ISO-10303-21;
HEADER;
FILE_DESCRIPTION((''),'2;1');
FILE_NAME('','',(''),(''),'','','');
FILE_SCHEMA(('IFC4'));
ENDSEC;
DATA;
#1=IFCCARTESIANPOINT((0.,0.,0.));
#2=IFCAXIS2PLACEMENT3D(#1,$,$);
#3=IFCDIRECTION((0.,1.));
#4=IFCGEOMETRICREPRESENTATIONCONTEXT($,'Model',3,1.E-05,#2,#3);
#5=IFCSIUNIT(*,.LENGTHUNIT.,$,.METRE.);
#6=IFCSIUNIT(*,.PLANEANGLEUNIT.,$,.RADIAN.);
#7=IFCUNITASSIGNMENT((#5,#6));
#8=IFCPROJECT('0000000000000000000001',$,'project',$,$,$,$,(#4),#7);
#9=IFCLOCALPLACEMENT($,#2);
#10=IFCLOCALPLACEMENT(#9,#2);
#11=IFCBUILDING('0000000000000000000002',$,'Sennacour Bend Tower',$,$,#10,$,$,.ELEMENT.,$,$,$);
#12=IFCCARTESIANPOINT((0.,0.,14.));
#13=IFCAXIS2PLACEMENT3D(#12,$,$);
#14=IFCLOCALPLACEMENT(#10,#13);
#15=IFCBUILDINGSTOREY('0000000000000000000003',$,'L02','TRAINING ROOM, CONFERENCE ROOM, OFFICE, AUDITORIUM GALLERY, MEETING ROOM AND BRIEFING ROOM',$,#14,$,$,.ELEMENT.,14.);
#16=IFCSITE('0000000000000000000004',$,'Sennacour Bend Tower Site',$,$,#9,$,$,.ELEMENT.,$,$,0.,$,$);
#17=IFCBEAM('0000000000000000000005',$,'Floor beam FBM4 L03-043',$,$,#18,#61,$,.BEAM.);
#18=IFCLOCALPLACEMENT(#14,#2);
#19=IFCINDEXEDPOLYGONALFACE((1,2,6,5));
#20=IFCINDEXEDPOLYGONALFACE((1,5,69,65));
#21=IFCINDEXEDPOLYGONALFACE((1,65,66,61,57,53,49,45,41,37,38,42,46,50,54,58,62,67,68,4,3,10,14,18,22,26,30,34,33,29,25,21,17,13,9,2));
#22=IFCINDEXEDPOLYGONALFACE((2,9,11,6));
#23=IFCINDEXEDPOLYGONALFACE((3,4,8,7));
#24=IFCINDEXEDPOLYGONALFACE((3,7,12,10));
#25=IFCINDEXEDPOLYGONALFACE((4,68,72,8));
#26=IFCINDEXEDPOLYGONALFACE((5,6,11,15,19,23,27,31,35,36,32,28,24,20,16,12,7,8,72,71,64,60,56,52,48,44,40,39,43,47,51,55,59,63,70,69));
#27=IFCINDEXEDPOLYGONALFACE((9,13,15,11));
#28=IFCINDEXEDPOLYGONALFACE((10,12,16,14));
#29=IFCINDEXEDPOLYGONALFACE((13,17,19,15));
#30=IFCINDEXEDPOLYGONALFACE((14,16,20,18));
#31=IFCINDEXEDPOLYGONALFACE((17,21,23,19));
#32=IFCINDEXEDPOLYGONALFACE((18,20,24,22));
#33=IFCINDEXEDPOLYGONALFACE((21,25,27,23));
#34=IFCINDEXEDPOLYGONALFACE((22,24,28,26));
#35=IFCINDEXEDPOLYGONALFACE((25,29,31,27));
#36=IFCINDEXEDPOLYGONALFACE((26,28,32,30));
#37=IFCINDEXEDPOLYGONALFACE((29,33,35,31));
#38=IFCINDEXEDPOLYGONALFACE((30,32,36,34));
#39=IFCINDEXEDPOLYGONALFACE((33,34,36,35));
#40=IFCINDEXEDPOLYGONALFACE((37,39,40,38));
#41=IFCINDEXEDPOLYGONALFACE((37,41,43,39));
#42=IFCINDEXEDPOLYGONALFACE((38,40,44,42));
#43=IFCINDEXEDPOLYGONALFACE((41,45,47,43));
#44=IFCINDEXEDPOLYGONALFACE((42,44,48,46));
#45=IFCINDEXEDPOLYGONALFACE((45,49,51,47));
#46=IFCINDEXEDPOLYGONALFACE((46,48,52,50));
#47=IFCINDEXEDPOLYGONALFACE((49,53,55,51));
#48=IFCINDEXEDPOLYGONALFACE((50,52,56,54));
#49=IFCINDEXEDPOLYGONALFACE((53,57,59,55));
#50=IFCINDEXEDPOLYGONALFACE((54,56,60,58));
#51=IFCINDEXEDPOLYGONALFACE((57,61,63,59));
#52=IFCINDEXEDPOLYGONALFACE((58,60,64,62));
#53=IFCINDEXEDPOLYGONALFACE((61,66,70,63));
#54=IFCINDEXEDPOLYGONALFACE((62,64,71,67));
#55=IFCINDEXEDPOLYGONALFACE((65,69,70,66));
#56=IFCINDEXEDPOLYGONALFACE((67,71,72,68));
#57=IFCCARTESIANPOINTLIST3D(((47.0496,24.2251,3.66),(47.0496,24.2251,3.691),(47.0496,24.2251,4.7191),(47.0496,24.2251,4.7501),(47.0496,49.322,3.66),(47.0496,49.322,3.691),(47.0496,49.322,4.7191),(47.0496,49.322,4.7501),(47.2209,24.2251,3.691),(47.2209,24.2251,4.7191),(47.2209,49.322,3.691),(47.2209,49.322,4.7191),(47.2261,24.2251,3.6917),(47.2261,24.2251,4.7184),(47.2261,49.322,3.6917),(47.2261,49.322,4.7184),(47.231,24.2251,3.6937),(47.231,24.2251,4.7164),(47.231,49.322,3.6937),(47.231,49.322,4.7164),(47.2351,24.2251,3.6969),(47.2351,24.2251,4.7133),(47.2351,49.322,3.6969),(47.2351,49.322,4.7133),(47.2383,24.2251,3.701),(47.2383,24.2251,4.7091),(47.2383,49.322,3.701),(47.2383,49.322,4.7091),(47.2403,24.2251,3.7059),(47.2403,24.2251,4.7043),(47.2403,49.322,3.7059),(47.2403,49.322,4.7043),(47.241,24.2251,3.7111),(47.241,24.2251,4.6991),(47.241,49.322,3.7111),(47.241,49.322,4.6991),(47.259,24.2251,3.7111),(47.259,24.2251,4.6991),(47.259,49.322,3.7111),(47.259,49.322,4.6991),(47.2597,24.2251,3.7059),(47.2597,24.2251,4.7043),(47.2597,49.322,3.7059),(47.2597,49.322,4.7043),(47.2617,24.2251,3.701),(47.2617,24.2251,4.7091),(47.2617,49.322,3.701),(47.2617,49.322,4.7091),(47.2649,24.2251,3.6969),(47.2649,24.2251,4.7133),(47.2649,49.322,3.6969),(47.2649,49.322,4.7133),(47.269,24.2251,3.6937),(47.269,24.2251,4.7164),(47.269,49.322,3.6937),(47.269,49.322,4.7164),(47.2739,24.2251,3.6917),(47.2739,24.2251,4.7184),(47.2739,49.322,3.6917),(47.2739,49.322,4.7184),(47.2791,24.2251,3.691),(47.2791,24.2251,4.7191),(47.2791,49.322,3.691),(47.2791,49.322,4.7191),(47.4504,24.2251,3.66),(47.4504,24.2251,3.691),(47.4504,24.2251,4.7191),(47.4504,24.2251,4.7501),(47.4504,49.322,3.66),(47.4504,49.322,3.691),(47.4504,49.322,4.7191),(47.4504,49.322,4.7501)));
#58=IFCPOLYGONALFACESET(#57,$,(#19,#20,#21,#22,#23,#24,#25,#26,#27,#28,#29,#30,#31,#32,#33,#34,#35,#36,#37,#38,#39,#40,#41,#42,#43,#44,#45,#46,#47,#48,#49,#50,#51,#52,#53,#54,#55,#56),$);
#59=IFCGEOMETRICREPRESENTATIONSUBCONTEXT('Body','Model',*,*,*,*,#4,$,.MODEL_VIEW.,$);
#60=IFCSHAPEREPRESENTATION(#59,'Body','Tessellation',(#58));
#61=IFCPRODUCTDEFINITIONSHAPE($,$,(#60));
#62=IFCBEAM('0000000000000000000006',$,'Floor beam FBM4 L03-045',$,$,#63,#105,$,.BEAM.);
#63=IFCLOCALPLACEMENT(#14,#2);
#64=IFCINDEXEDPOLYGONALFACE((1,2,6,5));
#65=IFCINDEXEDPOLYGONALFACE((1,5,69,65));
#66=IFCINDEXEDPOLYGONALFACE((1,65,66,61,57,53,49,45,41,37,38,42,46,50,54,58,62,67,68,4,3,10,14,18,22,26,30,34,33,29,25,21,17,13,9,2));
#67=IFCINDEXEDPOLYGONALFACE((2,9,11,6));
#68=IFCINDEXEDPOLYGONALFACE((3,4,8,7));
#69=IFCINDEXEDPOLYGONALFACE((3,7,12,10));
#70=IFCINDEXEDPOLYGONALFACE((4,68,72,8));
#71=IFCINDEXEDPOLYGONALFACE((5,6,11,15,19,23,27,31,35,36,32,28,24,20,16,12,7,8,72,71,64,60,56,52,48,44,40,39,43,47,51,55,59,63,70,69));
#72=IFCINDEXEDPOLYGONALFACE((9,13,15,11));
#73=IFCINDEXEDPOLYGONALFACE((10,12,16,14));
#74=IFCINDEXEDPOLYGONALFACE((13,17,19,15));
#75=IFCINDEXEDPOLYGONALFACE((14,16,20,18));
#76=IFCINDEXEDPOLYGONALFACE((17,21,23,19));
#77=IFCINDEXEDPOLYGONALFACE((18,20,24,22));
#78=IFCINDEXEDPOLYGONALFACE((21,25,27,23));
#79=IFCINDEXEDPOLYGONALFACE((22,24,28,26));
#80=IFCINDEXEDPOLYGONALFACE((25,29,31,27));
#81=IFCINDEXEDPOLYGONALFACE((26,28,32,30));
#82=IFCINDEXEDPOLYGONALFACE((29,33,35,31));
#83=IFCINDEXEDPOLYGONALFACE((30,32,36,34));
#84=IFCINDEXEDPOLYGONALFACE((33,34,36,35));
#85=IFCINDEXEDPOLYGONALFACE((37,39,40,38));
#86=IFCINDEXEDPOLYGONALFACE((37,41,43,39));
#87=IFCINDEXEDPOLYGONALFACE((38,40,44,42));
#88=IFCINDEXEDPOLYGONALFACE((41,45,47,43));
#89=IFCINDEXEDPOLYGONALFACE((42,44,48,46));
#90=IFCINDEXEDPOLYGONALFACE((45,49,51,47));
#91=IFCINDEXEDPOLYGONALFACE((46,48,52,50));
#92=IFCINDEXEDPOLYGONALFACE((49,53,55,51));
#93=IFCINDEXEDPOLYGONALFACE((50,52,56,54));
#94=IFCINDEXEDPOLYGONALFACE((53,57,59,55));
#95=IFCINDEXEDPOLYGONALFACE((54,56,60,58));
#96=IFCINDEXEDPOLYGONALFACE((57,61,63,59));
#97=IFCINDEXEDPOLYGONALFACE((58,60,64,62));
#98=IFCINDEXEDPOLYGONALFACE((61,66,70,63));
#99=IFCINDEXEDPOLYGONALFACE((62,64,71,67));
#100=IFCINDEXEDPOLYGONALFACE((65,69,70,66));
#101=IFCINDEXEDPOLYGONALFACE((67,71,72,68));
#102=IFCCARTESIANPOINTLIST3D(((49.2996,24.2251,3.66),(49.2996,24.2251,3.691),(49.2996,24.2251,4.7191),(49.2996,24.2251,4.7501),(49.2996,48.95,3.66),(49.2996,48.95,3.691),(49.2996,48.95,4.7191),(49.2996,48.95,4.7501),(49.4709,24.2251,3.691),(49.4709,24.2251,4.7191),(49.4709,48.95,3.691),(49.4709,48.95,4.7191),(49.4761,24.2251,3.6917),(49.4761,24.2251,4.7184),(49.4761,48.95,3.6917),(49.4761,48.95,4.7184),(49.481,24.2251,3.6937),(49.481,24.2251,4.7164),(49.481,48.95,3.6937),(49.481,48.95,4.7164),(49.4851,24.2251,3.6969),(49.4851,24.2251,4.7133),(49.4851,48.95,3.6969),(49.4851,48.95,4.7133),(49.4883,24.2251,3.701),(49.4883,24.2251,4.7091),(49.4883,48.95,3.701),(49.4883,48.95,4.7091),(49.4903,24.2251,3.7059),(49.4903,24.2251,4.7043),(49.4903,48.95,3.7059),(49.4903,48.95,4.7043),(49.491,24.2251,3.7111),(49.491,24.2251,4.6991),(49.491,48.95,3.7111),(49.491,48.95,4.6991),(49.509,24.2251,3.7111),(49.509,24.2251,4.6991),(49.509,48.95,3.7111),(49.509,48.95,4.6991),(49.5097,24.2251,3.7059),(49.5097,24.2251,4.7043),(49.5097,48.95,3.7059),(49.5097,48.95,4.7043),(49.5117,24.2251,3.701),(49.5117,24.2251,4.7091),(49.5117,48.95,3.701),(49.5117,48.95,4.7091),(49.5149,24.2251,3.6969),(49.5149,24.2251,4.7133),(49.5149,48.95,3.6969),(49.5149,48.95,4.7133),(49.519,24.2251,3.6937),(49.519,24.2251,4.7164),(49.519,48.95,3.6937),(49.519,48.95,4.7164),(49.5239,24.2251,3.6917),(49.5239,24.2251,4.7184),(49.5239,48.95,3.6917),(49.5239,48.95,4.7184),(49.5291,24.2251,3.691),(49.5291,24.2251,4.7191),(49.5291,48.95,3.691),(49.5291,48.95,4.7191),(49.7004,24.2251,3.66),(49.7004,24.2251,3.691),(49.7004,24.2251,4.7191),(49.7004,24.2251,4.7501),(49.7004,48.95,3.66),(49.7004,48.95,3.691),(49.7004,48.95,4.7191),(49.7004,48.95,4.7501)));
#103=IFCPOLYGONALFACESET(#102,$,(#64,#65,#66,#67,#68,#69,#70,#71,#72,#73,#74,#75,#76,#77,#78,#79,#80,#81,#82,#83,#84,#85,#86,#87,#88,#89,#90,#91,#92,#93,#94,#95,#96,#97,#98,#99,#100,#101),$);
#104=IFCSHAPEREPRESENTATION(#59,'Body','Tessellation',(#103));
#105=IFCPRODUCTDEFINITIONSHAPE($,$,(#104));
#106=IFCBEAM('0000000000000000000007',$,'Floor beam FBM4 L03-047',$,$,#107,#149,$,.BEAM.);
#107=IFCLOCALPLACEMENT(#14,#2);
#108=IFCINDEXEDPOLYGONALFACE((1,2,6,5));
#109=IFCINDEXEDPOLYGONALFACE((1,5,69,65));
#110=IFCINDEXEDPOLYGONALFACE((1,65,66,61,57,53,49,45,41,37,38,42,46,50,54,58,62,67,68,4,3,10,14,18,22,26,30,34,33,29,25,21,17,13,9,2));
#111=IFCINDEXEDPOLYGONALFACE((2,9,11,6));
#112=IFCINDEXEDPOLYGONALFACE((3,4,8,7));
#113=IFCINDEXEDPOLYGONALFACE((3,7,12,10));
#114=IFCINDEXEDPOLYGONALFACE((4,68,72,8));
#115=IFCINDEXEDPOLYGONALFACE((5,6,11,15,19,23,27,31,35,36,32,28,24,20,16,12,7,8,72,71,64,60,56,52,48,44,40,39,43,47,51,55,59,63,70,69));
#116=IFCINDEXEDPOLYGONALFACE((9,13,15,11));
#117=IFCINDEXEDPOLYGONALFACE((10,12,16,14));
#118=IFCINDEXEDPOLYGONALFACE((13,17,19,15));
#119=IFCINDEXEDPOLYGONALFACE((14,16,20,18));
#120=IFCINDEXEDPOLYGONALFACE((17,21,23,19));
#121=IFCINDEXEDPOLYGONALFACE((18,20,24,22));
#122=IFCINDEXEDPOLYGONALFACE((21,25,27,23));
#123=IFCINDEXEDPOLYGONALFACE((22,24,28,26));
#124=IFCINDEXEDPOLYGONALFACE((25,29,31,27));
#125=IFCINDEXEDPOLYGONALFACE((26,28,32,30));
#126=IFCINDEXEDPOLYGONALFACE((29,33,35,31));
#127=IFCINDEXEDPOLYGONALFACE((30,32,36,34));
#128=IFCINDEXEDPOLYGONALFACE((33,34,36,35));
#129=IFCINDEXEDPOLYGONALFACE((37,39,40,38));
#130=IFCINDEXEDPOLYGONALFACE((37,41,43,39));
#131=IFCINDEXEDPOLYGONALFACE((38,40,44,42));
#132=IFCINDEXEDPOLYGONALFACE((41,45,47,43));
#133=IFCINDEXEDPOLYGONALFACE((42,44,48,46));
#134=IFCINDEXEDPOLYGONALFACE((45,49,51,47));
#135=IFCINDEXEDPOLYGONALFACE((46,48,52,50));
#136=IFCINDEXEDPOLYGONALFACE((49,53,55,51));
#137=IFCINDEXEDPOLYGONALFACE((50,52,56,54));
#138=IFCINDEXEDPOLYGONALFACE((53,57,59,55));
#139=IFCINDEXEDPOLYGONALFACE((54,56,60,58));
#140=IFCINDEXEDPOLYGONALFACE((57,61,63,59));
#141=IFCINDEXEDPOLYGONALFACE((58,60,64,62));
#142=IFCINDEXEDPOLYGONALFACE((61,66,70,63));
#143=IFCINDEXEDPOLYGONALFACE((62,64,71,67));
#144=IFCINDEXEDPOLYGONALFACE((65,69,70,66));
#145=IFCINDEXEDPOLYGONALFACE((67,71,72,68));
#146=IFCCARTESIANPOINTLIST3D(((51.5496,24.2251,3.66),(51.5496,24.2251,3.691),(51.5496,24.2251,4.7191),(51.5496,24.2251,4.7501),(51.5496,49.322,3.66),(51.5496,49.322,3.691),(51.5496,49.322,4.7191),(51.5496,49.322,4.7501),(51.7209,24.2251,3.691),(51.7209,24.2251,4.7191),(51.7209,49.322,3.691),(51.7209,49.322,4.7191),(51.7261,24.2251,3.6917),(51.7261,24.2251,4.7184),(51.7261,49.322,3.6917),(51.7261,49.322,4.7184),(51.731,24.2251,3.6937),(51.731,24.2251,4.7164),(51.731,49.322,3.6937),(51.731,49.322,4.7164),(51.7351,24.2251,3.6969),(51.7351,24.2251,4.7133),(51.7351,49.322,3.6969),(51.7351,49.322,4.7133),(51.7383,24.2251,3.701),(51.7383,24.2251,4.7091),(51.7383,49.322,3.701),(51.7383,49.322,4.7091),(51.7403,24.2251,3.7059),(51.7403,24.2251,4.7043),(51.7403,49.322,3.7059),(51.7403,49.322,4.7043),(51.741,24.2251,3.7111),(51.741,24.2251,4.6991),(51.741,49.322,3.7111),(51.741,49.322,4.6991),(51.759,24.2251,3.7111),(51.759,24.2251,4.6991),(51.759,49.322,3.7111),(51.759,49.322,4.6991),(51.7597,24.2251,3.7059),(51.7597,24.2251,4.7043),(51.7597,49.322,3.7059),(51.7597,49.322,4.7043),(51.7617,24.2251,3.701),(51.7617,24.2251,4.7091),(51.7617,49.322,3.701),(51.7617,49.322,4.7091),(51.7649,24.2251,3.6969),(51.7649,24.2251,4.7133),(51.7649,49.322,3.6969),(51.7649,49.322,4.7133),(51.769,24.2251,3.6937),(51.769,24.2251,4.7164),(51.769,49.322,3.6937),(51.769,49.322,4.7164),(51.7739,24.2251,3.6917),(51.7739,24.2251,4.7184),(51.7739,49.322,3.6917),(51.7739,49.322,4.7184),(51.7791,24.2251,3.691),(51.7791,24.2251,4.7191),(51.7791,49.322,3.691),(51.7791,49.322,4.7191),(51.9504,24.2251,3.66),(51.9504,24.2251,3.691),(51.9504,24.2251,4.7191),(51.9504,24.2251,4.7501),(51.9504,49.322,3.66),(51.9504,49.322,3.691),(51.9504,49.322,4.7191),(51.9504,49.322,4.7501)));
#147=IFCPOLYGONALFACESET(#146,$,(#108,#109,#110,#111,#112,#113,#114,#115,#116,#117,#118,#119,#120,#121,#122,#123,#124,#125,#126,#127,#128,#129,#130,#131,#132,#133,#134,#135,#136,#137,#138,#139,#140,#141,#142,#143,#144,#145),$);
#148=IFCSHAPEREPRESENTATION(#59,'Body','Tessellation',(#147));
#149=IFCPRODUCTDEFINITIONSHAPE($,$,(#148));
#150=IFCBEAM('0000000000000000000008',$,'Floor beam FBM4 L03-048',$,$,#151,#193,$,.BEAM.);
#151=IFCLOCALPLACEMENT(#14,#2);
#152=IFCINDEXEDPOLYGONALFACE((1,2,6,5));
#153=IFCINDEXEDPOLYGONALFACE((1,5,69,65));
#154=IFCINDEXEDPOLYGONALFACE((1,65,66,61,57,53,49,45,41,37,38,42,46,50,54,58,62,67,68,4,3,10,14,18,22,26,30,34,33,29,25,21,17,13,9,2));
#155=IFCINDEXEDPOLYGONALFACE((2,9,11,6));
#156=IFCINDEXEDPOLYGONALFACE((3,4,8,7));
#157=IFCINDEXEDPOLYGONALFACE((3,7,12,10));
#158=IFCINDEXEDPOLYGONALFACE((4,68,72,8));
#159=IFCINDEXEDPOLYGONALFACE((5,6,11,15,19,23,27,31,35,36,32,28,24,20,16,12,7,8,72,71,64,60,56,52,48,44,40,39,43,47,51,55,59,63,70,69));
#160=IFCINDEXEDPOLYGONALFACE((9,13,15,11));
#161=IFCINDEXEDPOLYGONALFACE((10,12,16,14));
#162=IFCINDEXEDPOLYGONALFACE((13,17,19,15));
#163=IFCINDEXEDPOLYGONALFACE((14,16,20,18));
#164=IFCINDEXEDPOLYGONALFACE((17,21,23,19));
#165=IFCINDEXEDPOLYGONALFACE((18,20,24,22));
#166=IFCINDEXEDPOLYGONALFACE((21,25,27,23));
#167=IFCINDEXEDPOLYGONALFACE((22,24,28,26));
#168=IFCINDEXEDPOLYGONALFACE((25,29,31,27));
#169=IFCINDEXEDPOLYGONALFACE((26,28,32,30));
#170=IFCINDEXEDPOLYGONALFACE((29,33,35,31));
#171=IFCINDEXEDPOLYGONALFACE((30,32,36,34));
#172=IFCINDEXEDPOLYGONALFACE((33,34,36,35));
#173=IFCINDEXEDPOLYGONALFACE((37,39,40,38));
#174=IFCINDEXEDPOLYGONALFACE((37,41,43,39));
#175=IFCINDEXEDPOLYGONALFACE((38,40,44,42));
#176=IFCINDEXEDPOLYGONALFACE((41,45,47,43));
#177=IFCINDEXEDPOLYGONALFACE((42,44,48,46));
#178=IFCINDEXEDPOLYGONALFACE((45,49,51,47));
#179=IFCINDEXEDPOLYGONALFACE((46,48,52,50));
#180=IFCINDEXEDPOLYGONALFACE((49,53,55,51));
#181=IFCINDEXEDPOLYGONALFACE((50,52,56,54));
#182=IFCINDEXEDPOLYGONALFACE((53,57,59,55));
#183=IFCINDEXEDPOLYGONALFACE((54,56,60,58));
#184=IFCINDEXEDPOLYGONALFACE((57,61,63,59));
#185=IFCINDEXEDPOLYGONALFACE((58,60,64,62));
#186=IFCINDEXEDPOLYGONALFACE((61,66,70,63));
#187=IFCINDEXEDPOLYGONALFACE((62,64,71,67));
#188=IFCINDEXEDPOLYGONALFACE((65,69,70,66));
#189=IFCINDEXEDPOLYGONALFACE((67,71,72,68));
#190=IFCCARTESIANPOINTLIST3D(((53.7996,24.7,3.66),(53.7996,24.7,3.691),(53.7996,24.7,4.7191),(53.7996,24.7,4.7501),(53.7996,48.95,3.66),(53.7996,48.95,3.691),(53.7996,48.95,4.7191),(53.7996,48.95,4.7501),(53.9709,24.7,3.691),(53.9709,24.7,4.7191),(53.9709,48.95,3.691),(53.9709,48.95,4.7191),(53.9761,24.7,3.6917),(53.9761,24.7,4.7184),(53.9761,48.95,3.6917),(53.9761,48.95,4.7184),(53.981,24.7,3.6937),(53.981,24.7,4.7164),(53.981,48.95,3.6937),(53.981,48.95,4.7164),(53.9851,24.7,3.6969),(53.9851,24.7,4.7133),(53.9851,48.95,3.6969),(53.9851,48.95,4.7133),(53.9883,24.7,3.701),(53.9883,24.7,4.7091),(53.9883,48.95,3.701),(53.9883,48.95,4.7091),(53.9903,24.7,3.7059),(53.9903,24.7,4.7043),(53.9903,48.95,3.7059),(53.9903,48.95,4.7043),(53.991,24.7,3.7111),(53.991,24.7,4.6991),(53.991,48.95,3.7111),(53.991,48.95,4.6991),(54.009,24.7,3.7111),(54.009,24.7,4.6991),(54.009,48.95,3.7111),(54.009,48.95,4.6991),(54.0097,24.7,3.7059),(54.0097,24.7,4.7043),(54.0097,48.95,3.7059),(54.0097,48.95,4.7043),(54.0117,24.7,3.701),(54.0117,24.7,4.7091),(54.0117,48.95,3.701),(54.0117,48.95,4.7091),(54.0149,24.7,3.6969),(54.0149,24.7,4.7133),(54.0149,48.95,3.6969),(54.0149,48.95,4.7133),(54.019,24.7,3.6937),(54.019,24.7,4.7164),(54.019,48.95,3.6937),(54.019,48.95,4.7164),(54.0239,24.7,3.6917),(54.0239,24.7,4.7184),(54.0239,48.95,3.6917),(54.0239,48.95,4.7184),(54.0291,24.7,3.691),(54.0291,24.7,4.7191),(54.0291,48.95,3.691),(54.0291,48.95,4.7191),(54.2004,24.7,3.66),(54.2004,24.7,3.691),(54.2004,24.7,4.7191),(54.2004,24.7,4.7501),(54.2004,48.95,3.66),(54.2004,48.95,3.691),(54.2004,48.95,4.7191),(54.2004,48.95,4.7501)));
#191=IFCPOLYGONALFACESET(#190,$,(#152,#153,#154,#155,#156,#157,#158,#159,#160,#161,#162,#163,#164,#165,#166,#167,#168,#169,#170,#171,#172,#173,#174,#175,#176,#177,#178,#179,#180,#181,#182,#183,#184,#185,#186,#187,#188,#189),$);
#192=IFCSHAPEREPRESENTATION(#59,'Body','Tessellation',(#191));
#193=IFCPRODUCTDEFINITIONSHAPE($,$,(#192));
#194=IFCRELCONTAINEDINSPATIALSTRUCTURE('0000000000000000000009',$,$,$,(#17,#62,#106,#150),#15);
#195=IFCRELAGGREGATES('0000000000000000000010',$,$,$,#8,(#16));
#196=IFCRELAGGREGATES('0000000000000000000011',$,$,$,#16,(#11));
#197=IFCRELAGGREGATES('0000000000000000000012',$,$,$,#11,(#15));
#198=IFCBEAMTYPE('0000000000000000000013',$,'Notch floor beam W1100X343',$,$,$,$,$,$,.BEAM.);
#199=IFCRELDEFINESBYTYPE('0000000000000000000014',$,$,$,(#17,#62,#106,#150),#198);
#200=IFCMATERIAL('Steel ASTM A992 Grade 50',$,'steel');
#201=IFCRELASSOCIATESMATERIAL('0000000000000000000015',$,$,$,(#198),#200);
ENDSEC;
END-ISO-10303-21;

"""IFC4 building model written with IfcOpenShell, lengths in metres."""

from ifc_helpers import new_model, si_unit, direction, frame, origin, origin_2d, place, context, subcontext, project, spatial, i_section, extrude, material, material_profile, profile_set, type_object, element, save


model = new_model("IFC4")

# Units and contexts
model_context = context("Model", 3, precision=1e-05, world=origin(), true_north=direction((0.0, 1.0)))
body_context = subcontext(model_context, "Body", "Model", "MODEL_VIEW")
ifc_project = project(units=[si_unit("LENGTHUNIT", "METRE"), si_unit("PLANEANGLEUNIT", "RADIAN")], contexts=[model_context])

# Site, building, storey
site_placement = place(None, origin())
site = spatial("IfcSite", under=ifc_project, at=site_placement, Name="Sennacour Bend Tower Site", CompositionType="ELEMENT", RefElevation=0.0)
building_placement = place(site_placement, origin())
building = spatial("IfcBuilding", under=site, at=building_placement, Name="Sennacour Bend Tower", CompositionType="ELEMENT")
storey_placement = place(building_placement, frame((0.0, 0.0, 14.0)))
storey = spatial("IfcBuildingStorey", under=building, at=storey_placement, Name="L02", Description="TRAINING ROOM, CONFERENCE ROOM, OFFICE, AUDITORIUM GALLERY, MEETING ROOM AND BRIEFING ROOM", CompositionType="ELEMENT", Elevation=14.0)

# Beams
ifc_material_1 = material(Name="Steel ASTM A992 Grade 50", Category="steel")
ifc_material_profile_1 = material_profile(ifc_material_1, i_section(OverallWidth=0.4009, OverallDepth=1.0901, WebThickness=0.0181, FlangeThickness=0.031, FilletRadius=0.02, at=origin_2d()), Name="Steel ASTM A992 Grade 50", Category="steel")
ifc_profile_set_1 = profile_set([ifc_material_profile_1], Name="Steel ASTM A992 Grade 50")
beam_type_1 = type_object("IfcBeamType", Name="Notch floor beam W1100X343", PredefinedType="BEAM", material=ifc_profile_set_1)
beam_1_placement = place(storey_placement, frame((47.25, 24.2251, 4.2051), z_axis=(0.0, 1.0, 0.0), x_axis=(-1.0, 0.0, 0.0)))
element("IfcBeam", 1, at=beam_1_placement, inside=storey, type_object=beam_type_1, Name="Floor beam FBM4 L03-043", PredefinedType="BEAM", context=body_context, shape_type="SweptSolid", body=[
    extrude(i_section(OverallWidth=0.4009, OverallDepth=1.0901, WebThickness=0.0181, FlangeThickness=0.031, FilletRadius=0.02, at=origin_2d()), origin(), (0.0, 0.0, 1.0), 25.0969),
])
beam_2_placement = place(storey_placement, frame((49.5, 24.2251, 4.2051), z_axis=(0.0, 1.0, 0.0), x_axis=(-1.0, 0.0, 0.0)))
element("IfcBeam", 2, at=beam_2_placement, inside=storey, type_object=beam_type_1, Name="Floor beam FBM4 L03-045", PredefinedType="BEAM", context=body_context, shape_type="SweptSolid", body=[
    extrude(i_section(OverallWidth=0.4009, OverallDepth=1.0901, WebThickness=0.0181, FlangeThickness=0.031, FilletRadius=0.02, at=origin_2d()), origin(), (0.0, 0.0, 1.0), 24.7249),
])
beam_3_placement = place(storey_placement, frame((51.75, 24.2251, 4.2051), z_axis=(0.0, 1.0, 0.0), x_axis=(-1.0, 0.0, 0.0)))
element("IfcBeam", 3, at=beam_3_placement, inside=storey, type_object=beam_type_1, Name="Floor beam FBM4 L03-047", PredefinedType="BEAM", context=body_context, shape_type="SweptSolid", body=[
    extrude(i_section(OverallWidth=0.4009, OverallDepth=1.0901, WebThickness=0.0181, FlangeThickness=0.031, FilletRadius=0.02, at=origin_2d()), origin(), (0.0, 0.0, 1.0), 25.0969),
])
beam_4_placement = place(storey_placement, frame((54.0, 24.7, 4.2051), z_axis=(0.0, 1.0, 0.0), x_axis=(-1.0, 0.0, 0.0)))
element("IfcBeam", 4, at=beam_4_placement, inside=storey, type_object=beam_type_1, Name="Floor beam FBM4 L03-048", PredefinedType="BEAM", context=body_context, shape_type="SweptSolid", body=[
    extrude(i_section(OverallWidth=0.4009, OverallDepth=1.0901, WebThickness=0.0181, FlangeThickness=0.031, FilletRadius=0.02, at=origin_2d()), origin(), (0.0, 0.0, 1.0), 24.25),
])

save(model, "model.ifc")
